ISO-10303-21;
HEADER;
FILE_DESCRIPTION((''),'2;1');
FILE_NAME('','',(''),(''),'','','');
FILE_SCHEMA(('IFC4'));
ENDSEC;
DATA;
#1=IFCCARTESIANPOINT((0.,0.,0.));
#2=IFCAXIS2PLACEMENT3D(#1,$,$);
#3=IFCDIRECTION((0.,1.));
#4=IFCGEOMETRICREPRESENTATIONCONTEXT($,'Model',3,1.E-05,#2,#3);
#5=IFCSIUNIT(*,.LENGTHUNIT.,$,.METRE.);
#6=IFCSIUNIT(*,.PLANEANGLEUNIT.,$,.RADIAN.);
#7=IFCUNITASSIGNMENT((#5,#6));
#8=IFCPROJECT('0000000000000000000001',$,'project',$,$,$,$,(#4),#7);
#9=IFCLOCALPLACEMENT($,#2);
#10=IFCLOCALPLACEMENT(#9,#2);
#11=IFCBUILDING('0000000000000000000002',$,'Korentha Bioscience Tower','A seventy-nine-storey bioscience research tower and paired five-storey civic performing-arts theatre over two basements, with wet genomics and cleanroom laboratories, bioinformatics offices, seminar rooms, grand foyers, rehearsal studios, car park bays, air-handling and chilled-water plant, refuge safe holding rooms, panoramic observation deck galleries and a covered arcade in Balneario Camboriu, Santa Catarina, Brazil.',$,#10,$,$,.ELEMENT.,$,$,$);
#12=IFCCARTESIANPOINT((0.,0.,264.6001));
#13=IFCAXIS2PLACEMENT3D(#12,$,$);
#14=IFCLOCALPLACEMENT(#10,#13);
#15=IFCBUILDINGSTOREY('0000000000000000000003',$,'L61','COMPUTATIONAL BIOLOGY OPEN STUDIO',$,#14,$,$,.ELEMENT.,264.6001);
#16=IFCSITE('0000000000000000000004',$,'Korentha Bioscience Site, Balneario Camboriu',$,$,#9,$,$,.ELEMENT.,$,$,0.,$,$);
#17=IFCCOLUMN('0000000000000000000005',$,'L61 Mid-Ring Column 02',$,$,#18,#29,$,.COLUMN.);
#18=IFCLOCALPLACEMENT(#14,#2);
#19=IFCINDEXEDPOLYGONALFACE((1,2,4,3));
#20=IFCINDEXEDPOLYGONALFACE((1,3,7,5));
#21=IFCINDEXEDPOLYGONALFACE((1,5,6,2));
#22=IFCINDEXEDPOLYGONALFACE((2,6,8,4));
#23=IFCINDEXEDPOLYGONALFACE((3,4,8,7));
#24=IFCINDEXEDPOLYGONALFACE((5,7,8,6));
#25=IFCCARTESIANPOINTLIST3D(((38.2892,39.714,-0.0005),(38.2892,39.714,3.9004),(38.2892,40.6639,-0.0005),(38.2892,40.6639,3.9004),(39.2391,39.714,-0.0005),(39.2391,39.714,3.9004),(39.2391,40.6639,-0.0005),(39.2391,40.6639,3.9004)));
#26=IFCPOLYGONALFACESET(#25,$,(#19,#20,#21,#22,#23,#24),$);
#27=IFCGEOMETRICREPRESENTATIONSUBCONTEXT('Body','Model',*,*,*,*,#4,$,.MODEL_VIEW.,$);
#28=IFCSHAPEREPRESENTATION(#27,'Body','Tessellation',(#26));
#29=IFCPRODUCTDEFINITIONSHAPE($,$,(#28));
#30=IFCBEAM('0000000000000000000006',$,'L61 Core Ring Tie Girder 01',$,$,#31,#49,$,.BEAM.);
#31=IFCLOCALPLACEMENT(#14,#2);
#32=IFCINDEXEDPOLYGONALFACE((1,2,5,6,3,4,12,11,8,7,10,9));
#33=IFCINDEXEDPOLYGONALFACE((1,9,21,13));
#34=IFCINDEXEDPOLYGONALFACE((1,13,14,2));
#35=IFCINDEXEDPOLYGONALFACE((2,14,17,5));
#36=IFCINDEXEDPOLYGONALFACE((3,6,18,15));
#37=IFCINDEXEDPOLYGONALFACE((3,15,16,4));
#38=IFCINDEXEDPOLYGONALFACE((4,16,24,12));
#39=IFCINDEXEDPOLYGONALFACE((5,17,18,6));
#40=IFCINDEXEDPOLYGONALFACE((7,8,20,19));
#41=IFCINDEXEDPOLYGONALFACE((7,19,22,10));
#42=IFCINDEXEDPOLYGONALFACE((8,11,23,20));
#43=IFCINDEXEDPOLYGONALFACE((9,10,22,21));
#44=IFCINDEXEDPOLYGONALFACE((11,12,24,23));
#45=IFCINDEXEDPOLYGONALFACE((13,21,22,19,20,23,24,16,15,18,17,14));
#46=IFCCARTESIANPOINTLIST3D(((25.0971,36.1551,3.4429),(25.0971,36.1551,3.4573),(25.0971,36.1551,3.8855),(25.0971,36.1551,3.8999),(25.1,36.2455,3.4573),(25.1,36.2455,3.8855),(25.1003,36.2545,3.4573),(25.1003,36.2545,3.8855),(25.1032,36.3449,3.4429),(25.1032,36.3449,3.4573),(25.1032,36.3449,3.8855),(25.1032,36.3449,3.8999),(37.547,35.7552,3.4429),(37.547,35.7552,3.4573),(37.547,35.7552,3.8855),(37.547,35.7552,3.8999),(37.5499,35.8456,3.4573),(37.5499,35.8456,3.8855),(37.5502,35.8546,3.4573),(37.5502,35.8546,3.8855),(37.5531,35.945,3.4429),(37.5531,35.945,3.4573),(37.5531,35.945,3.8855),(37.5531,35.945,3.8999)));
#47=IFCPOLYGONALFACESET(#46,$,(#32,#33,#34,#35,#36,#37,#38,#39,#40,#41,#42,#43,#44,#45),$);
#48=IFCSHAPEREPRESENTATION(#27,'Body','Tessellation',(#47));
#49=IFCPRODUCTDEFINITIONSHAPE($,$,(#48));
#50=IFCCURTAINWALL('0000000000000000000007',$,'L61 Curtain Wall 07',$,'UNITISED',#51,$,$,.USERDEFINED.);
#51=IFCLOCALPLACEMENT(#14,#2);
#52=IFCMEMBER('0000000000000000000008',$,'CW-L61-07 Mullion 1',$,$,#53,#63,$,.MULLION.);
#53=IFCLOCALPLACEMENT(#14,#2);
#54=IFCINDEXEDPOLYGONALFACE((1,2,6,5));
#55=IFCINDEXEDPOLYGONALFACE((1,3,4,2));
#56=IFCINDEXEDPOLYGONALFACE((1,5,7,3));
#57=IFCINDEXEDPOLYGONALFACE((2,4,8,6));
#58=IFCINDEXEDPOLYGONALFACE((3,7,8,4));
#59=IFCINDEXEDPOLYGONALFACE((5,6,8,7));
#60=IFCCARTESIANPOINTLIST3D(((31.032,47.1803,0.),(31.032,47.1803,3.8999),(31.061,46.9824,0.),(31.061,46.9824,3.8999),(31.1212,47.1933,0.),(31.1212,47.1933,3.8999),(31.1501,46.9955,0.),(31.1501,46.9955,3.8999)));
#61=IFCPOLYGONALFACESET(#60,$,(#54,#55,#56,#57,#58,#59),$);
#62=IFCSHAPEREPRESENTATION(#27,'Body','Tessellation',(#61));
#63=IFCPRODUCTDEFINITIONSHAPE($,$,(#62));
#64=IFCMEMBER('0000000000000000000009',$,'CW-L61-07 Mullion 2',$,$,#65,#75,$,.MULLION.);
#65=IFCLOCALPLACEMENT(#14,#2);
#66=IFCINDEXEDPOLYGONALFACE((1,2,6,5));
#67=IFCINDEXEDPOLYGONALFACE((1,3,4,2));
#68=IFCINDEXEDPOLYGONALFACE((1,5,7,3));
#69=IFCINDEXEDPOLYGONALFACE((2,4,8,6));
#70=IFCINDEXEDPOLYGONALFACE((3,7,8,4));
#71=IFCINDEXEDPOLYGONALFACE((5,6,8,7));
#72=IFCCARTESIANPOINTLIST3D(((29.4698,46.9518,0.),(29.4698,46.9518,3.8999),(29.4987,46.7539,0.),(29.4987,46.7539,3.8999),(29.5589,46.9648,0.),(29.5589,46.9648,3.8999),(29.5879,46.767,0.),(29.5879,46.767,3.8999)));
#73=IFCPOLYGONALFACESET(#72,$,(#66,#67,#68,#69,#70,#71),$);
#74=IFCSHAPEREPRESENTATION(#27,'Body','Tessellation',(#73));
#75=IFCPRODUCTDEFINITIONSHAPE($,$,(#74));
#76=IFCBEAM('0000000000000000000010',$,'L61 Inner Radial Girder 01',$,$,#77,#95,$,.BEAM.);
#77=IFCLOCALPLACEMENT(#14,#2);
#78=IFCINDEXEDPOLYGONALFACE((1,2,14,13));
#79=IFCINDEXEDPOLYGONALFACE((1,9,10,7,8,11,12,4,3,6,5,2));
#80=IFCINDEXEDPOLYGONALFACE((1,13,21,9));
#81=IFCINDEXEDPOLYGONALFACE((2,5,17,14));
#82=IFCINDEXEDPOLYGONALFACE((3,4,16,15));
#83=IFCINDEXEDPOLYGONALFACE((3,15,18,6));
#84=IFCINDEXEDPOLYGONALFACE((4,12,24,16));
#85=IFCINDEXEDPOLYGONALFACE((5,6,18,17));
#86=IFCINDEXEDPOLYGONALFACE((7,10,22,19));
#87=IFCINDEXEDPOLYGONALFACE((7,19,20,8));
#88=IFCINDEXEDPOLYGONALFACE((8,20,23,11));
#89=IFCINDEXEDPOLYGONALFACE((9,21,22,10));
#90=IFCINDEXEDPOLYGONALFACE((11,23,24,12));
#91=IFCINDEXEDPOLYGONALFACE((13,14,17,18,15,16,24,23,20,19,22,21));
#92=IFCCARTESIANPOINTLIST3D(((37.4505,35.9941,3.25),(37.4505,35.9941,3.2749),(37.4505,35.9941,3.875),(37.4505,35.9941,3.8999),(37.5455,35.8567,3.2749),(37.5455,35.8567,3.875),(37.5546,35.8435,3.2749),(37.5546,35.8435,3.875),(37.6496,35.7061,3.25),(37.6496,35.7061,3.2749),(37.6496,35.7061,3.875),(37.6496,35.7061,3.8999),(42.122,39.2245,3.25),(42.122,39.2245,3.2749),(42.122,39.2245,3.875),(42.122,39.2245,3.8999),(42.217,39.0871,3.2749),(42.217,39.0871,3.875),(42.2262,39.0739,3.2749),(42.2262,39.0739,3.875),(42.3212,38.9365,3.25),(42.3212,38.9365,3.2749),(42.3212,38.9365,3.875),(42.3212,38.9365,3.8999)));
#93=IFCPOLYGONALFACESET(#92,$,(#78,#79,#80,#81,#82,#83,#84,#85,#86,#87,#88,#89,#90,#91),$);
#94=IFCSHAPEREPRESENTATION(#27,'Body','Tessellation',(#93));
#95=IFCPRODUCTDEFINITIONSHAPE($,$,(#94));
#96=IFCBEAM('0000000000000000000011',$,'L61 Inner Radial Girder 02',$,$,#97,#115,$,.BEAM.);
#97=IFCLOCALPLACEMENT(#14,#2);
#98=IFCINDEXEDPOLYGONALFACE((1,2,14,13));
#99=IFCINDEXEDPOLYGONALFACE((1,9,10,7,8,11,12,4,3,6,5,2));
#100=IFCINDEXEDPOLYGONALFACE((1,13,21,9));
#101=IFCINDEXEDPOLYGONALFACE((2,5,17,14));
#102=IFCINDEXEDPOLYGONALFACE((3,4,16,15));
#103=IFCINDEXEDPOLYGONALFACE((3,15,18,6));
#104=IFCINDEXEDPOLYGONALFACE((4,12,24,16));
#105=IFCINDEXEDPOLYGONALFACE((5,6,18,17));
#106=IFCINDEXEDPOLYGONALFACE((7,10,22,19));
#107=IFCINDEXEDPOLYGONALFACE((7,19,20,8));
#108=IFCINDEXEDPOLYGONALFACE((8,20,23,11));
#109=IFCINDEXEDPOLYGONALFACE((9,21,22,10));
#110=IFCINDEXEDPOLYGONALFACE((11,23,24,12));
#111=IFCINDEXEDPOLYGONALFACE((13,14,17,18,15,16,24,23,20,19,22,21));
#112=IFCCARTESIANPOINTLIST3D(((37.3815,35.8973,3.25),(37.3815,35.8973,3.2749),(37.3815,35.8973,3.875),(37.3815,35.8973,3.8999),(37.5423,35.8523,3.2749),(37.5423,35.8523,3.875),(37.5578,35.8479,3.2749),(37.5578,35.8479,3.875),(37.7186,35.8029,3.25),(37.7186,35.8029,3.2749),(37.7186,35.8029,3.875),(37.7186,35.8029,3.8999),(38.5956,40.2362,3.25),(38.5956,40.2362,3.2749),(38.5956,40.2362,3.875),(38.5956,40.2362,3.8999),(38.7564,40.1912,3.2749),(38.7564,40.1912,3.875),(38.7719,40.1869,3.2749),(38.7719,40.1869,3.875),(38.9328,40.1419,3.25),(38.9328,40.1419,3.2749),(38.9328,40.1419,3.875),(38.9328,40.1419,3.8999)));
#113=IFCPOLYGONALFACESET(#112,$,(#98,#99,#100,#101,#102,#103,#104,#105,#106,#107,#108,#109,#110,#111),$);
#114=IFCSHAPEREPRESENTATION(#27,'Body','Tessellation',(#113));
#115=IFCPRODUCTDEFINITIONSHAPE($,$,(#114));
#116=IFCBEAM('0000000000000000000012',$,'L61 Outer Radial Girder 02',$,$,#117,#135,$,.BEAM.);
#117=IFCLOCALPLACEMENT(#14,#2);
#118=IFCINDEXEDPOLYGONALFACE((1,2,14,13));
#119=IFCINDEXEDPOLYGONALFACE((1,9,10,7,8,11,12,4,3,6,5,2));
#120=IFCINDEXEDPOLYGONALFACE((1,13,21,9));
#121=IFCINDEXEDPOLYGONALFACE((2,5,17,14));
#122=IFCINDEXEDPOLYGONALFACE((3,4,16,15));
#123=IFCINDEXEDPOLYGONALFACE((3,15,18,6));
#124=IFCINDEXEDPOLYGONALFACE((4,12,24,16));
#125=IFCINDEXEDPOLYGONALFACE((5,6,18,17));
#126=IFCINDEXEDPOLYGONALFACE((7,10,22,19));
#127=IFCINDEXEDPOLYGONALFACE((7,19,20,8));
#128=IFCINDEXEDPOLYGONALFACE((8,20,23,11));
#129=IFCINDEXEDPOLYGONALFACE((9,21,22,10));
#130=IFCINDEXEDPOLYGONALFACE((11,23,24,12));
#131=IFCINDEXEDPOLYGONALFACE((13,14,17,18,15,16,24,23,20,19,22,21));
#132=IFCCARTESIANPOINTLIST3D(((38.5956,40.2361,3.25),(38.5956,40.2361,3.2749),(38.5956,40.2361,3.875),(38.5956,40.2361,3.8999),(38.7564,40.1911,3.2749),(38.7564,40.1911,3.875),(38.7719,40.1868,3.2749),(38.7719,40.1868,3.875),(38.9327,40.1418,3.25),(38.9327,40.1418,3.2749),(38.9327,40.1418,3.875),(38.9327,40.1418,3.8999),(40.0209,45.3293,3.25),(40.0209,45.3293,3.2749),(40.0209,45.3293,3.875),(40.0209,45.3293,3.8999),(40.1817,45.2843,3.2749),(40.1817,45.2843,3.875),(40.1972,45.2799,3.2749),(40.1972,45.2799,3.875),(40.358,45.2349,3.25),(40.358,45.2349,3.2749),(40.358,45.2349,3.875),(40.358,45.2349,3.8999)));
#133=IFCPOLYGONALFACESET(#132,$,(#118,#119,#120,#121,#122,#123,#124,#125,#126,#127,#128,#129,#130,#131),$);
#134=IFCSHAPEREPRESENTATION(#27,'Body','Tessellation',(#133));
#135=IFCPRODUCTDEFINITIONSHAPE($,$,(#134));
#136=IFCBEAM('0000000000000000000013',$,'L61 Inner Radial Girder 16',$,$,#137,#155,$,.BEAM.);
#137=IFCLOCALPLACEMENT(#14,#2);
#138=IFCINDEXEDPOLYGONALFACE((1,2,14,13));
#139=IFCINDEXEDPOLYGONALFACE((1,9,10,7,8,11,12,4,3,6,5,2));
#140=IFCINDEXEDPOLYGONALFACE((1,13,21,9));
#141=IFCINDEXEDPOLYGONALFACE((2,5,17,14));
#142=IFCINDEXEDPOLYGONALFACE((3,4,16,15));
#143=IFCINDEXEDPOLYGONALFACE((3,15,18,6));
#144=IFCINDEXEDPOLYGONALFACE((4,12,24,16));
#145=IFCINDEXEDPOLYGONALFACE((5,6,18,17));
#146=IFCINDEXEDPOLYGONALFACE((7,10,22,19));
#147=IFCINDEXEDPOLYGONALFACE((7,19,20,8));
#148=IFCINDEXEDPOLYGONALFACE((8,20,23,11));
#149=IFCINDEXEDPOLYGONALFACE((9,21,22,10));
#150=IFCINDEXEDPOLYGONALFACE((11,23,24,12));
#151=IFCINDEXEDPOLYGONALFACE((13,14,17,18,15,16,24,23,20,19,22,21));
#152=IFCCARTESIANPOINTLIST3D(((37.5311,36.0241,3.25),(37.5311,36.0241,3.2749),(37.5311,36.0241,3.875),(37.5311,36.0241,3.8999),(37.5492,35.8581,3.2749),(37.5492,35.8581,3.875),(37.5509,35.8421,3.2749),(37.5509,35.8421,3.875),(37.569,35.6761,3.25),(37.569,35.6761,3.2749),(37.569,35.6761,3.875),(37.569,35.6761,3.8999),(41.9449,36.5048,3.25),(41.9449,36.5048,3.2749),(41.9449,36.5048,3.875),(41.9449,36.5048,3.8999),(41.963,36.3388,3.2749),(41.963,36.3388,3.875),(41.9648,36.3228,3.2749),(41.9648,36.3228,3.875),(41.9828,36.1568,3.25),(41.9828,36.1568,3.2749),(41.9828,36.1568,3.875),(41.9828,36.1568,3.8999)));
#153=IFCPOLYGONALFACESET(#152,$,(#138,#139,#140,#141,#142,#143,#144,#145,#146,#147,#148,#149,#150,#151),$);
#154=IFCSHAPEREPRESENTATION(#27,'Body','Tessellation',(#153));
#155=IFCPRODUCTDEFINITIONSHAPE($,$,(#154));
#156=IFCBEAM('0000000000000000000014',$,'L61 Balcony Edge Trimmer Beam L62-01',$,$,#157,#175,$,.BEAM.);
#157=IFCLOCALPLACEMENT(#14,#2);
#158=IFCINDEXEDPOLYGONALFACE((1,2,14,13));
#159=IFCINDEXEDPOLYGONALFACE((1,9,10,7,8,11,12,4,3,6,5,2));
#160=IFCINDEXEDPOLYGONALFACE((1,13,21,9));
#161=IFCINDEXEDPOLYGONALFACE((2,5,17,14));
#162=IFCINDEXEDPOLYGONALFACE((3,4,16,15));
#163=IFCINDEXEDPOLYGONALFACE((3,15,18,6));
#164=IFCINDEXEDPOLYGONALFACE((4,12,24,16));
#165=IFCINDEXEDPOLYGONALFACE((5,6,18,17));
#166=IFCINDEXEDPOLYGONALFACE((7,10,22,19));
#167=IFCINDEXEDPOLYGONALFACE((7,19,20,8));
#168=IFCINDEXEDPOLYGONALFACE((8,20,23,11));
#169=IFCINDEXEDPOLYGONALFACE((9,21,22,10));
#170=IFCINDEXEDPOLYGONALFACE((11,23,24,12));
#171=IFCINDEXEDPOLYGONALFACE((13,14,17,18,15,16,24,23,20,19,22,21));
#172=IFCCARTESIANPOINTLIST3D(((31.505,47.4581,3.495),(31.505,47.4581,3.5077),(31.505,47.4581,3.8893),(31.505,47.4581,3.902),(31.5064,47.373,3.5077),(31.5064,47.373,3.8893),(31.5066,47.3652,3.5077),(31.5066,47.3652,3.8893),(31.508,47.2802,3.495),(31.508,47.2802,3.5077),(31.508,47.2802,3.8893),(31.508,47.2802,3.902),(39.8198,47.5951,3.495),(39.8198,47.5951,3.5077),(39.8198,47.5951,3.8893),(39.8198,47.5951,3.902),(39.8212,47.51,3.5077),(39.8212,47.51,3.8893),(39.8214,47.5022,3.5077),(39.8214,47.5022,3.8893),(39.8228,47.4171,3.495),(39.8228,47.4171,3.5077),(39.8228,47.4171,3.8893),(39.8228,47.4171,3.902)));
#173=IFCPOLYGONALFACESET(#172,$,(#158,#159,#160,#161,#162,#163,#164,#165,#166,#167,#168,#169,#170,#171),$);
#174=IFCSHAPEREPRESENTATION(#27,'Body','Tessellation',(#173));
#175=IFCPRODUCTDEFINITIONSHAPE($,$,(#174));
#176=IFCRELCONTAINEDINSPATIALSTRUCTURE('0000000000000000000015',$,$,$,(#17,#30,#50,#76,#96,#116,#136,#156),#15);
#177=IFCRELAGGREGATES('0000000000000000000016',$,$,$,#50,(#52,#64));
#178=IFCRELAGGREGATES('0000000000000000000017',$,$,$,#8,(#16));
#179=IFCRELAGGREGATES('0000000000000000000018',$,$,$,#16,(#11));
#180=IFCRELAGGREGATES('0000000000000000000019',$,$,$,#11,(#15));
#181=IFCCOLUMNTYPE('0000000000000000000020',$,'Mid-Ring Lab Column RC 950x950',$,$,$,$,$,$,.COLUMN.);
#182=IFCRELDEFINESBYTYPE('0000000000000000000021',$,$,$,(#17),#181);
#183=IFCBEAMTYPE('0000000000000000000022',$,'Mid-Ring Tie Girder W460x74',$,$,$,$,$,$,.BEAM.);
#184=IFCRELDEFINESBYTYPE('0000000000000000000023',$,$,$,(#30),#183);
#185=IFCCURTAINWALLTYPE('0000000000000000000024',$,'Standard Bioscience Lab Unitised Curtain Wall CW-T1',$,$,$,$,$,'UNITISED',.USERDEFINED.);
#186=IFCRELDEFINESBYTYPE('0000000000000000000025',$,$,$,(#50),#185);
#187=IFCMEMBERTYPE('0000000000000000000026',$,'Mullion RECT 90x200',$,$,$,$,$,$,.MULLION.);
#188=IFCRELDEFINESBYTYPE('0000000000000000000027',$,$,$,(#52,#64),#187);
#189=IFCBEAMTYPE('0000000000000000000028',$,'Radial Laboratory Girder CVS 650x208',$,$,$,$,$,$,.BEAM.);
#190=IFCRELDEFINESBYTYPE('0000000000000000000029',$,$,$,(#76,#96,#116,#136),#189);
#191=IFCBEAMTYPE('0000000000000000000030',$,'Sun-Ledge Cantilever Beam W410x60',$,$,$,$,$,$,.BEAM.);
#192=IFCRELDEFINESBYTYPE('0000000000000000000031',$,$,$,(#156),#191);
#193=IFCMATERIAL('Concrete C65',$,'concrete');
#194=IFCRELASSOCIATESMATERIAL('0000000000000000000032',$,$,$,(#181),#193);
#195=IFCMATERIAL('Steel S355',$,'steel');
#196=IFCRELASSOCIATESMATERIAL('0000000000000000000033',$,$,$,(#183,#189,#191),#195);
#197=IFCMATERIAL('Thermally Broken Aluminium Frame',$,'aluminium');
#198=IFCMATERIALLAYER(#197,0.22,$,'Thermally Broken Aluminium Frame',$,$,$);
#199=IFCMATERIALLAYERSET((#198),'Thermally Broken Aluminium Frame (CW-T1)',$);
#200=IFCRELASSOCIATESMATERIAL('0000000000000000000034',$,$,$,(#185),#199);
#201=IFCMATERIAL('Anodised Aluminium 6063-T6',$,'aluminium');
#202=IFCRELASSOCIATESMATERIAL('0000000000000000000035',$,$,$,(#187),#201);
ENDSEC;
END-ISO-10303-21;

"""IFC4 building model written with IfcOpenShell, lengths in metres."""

from ifc_helpers import new_model, si_unit, direction, frame, origin, origin_2d, place, context, subcontext, project, spatial, rectangle, i_section, extrude, material, layer, layer_set, material_profile, profile_set, type_object, element, aggregate, save


model = new_model("IFC4")

# Units and contexts
model_context = context("Model", 3, precision=1e-05, world=origin(), true_north=direction((0.0, 1.0)))
body_context = subcontext(model_context, "Body", "Model", "MODEL_VIEW")
ifc_project = project(units=[si_unit("LENGTHUNIT", "METRE"), si_unit("PLANEANGLEUNIT", "RADIAN")], contexts=[model_context])

# Site, building, storey
site_placement = place(None, origin())
site = spatial("IfcSite", under=ifc_project, at=site_placement, Name="Korentha Bioscience Site, Balneario Camboriu", CompositionType="ELEMENT", RefElevation=0.0)
building_placement = place(site_placement, origin())
building = spatial("IfcBuilding", under=site, at=building_placement, Name="Korentha Bioscience Tower", Description="A seventy-nine-storey bioscience research tower and paired five-storey civic performing-arts theatre over two basements, with wet genomics and cleanroom laboratories, bioinformatics offices, seminar rooms, grand foyers, rehearsal studios, car park bays, air-handling and chilled-water plant, refuge safe holding rooms, panoramic observation deck galleries and a covered arcade in Balneario Camboriu, Santa Catarina, Brazil.", CompositionType="ELEMENT")
storey_placement = place(building_placement, frame((0.0, 0.0, 264.6001)))
storey = spatial("IfcBuildingStorey", under=building, at=storey_placement, Name="L61", Description="COMPUTATIONAL BIOLOGY OPEN STUDIO", CompositionType="ELEMENT", Elevation=264.6001)

# Column
ifc_material_1 = material(Name="Concrete C65", Category="concrete")
ifc_material_profile_1 = material_profile(ifc_material_1, rectangle(XDim=0.95, YDim=0.95, at=origin_2d()), Name="Concrete C65")
ifc_profile_set_1 = profile_set([ifc_material_profile_1], Name="Concrete C65 (COL-MR09)")
column_type = type_object("IfcColumnType", Name="Mid-Ring Lab Column RC 950x950", PredefinedType="COLUMN", material=ifc_profile_set_1)
column_placement = place(storey_placement, frame((38.7642, 40.189, -0.0005), z_axis=(0.0, 0.0, 1.0), x_axis=(1.0, 0.0, 0.0)))
element("IfcColumn", 1, at=column_placement, inside=storey, type_object=column_type, Name="L61 Mid-Ring Column 02", PredefinedType="COLUMN", context=body_context, shape_type="SweptSolid", body=[
    extrude(rectangle(XDim=0.95, YDim=0.95, at=origin_2d()), origin(), (0.0, 0.0, 1.0), 3.9009),
])

# Beam
ifc_material_2 = material(Name="Steel S355", Category="steel")
ifc_material_profile_2 = material_profile(ifc_material_2, i_section(OverallWidth=0.1899, OverallDepth=0.457, WebThickness=0.009, FlangeThickness=0.0144, at=origin_2d()), Name="Steel S355")
ifc_profile_set_2 = profile_set([ifc_material_profile_2], Name="Steel S355 (MB-460)")
beam_type_1 = type_object("IfcBeamType", Name="Mid-Ring Tie Girder W460x74", PredefinedType="BEAM", material=ifc_profile_set_2)
beam_1_placement = place(storey_placement, frame((37.55, 35.8501, 3.6714), z_axis=(-0.999485, 0.032104, 0.0), x_axis=(-0.032104, -0.999485, 0.0)))
element("IfcBeam", 2, at=beam_1_placement, inside=storey, type_object=beam_type_1, Name="L61 Core Ring Tie Girder 01", PredefinedType="BEAM", context=body_context, shape_type="SweptSolid", body=[
    extrude(i_section(OverallWidth=0.1899, OverallDepth=0.457, WebThickness=0.009, FlangeThickness=0.0144, at=origin_2d()), origin(), (0.0, 0.0, 1.0), 12.4563),
])

# Curtain wall, members
ifc_material_3 = material(Name="Thermally Broken Aluminium Frame", Category="aluminium")
ifc_layer_1 = layer(ifc_material_3, 0.22, Name="Thermally Broken Aluminium Frame")
ifc_layer_set_1 = layer_set([ifc_layer_1], Name="Thermally Broken Aluminium Frame (CW-T1)")
curtain_wall_type = type_object("IfcCurtainWallType", Name="Standard Bioscience Lab Unitised Curtain Wall CW-T1", ElementType="UNITISED", PredefinedType="USERDEFINED", material=ifc_layer_set_1)
curtain_wall_placement = place(storey_placement, origin())
curtain_wall = element("IfcCurtainWall", 3, at=curtain_wall_placement, inside=storey, type_object=curtain_wall_type, Name="L61 Curtain Wall 07", ObjectType="UNITISED", PredefinedType="USERDEFINED")
ifc_material_4 = material(Name="Anodised Aluminium 6063-T6", Category="aluminium")
ifc_material_profile_3 = material_profile(ifc_material_4, rectangle(XDim=0.0901, YDim=0.2, at=origin_2d()), Name="Anodised Aluminium 6063-T6")
ifc_profile_set_3 = profile_set([ifc_material_profile_3], Name="Anodised Aluminium 6063-T6 (CW-MUL)")
member_type_1 = type_object("IfcMemberType", Name="Mullion RECT 90x200", PredefinedType="MULLION", material=ifc_profile_set_3)
member_1_placement = place(storey_placement, frame((31.0911, 47.0879, 0.0), z_axis=(0.0, 0.0, 1.0), x_axis=(-0.98946, -0.144809, 0.0)))
member_1 = element("IfcMember", 4, at=member_1_placement, type_object=member_type_1, Name="CW-L61-07 Mullion 1", PredefinedType="MULLION", context=body_context, shape_type="SweptSolid", body=[
    extrude(rectangle(XDim=0.0901, YDim=0.2, at=origin_2d()), origin(), (0.0, 0.0, 1.0), 3.8999),
])
member_2_placement = place(storey_placement, frame((29.5288, 46.8594, 0.0), z_axis=(0.0, 0.0, 1.0), x_axis=(-0.98946, -0.144809, 0.0)))
member_2 = element("IfcMember", 5, at=member_2_placement, type_object=member_type_1, Name="CW-L61-07 Mullion 2", PredefinedType="MULLION", context=body_context, shape_type="SweptSolid", body=[
    extrude(rectangle(XDim=0.0901, YDim=0.2, at=origin_2d()), origin(), (0.0, 0.0, 1.0), 3.8999),
])

# Beams
ifc_material_profile_4 = material_profile(ifc_material_2, i_section(OverallWidth=0.3501, OverallDepth=0.6499, WebThickness=0.0161, FlangeThickness=0.0249, at=origin_2d()), Name="Steel S355")
ifc_profile_set_4 = profile_set([ifc_material_profile_4], Name="Steel S355 (RB-650)")
beam_type_2 = type_object("IfcBeamType", Name="Radial Laboratory Girder CVS 650x208", PredefinedType="BEAM", material=ifc_profile_set_4)
beam_2_placement = place(storey_placement, frame((37.55, 35.8501, 3.575), z_axis=(0.8225, 0.568765, 0.0), x_axis=(-0.568765, 0.8225, 0.0)))
element("IfcBeam", 6, at=beam_2_placement, inside=storey, type_object=beam_type_2, Name="L61 Inner Radial Girder 01", PredefinedType="BEAM", context=body_context, shape_type="SweptSolid", body=[
    extrude(i_section(OverallWidth=0.3501, OverallDepth=0.6499, WebThickness=0.0161, FlangeThickness=0.0249, at=origin_2d()), origin(), (0.0, 0.0, 1.0), 5.6797),
])
beam_3_placement = place(storey_placement, frame((37.55, 35.8501, 3.575), z_axis=(0.269471, 0.963008, 0.0), x_axis=(-0.963008, 0.269471, 0.0)))
element("IfcBeam", 7, at=beam_3_placement, inside=storey, type_object=beam_type_2, Name="L61 Inner Radial Girder 02", PredefinedType="BEAM", context=body_context, shape_type="SweptSolid", body=[
    extrude(i_section(OverallWidth=0.3501, OverallDepth=0.6499, WebThickness=0.0161, FlangeThickness=0.0249, at=origin_2d()), origin(), (0.0, 0.0, 1.0), 4.5056),
])
beam_4_placement = place(storey_placement, frame((38.7642, 40.189, 3.575), z_axis=(0.269486, 0.963004, 0.0), x_axis=(-0.963004, 0.269486, 0.0)))
element("IfcBeam", 8, at=beam_4_placement, inside=storey, type_object=beam_type_2, Name="L61 Outer Radial Girder 02", PredefinedType="BEAM", context=body_context, shape_type="SweptSolid", body=[
    extrude(i_section(OverallWidth=0.3501, OverallDepth=0.6499, WebThickness=0.0161, FlangeThickness=0.0249, at=origin_2d()), origin(), (0.0, 0.0, 1.0), 5.2888),
])
beam_5_placement = place(storey_placement, frame((37.55, 35.8501, 3.575), z_axis=(0.994121, 0.108271, 0.0), x_axis=(-0.108271, 0.994121, 0.0)))
element("IfcBeam", 9, at=beam_5_placement, inside=storey, type_object=beam_type_2, Name="L61 Inner Radial Girder 16", PredefinedType="BEAM", context=body_context, shape_type="SweptSolid", body=[
    extrude(i_section(OverallWidth=0.3501, OverallDepth=0.6499, WebThickness=0.0161, FlangeThickness=0.0249, at=origin_2d()), origin(), (0.0, 0.0, 1.0), 4.4399),
])
ifc_material_profile_5 = material_profile(ifc_material_2, i_section(OverallWidth=0.178, OverallDepth=0.407, WebThickness=0.0078, FlangeThickness=0.0127, at=origin_2d()), Name="Steel S355")
ifc_profile_set_5 = profile_set([ifc_material_profile_5], Name="Steel S355 (CB-410)")
beam_type_3 = type_object("IfcBeamType", Name="Sun-Ledge Cantilever Beam W410x60", PredefinedType="BEAM", material=ifc_profile_set_5)
beam_6_placement = place(storey_placement, frame((39.8213, 47.5061, 3.6985), z_axis=(-0.999864, -0.01647, 0.0), x_axis=(0.01647, -0.999864, 0.0)))
element("IfcBeam", 10, at=beam_6_placement, inside=storey, type_object=beam_type_3, Name="L61 Balcony Edge Trimmer Beam L62-01", PredefinedType="BEAM", context=body_context, shape_type="SweptSolid", body=[
    extrude(i_section(OverallWidth=0.178, OverallDepth=0.407, WebThickness=0.0078, FlangeThickness=0.0127, at=origin_2d()), origin(), (0.0, 0.0, 1.0), 8.3159),
])

aggregate(curtain_wall, [member_1, member_2])

save(model, "model.ifc")
